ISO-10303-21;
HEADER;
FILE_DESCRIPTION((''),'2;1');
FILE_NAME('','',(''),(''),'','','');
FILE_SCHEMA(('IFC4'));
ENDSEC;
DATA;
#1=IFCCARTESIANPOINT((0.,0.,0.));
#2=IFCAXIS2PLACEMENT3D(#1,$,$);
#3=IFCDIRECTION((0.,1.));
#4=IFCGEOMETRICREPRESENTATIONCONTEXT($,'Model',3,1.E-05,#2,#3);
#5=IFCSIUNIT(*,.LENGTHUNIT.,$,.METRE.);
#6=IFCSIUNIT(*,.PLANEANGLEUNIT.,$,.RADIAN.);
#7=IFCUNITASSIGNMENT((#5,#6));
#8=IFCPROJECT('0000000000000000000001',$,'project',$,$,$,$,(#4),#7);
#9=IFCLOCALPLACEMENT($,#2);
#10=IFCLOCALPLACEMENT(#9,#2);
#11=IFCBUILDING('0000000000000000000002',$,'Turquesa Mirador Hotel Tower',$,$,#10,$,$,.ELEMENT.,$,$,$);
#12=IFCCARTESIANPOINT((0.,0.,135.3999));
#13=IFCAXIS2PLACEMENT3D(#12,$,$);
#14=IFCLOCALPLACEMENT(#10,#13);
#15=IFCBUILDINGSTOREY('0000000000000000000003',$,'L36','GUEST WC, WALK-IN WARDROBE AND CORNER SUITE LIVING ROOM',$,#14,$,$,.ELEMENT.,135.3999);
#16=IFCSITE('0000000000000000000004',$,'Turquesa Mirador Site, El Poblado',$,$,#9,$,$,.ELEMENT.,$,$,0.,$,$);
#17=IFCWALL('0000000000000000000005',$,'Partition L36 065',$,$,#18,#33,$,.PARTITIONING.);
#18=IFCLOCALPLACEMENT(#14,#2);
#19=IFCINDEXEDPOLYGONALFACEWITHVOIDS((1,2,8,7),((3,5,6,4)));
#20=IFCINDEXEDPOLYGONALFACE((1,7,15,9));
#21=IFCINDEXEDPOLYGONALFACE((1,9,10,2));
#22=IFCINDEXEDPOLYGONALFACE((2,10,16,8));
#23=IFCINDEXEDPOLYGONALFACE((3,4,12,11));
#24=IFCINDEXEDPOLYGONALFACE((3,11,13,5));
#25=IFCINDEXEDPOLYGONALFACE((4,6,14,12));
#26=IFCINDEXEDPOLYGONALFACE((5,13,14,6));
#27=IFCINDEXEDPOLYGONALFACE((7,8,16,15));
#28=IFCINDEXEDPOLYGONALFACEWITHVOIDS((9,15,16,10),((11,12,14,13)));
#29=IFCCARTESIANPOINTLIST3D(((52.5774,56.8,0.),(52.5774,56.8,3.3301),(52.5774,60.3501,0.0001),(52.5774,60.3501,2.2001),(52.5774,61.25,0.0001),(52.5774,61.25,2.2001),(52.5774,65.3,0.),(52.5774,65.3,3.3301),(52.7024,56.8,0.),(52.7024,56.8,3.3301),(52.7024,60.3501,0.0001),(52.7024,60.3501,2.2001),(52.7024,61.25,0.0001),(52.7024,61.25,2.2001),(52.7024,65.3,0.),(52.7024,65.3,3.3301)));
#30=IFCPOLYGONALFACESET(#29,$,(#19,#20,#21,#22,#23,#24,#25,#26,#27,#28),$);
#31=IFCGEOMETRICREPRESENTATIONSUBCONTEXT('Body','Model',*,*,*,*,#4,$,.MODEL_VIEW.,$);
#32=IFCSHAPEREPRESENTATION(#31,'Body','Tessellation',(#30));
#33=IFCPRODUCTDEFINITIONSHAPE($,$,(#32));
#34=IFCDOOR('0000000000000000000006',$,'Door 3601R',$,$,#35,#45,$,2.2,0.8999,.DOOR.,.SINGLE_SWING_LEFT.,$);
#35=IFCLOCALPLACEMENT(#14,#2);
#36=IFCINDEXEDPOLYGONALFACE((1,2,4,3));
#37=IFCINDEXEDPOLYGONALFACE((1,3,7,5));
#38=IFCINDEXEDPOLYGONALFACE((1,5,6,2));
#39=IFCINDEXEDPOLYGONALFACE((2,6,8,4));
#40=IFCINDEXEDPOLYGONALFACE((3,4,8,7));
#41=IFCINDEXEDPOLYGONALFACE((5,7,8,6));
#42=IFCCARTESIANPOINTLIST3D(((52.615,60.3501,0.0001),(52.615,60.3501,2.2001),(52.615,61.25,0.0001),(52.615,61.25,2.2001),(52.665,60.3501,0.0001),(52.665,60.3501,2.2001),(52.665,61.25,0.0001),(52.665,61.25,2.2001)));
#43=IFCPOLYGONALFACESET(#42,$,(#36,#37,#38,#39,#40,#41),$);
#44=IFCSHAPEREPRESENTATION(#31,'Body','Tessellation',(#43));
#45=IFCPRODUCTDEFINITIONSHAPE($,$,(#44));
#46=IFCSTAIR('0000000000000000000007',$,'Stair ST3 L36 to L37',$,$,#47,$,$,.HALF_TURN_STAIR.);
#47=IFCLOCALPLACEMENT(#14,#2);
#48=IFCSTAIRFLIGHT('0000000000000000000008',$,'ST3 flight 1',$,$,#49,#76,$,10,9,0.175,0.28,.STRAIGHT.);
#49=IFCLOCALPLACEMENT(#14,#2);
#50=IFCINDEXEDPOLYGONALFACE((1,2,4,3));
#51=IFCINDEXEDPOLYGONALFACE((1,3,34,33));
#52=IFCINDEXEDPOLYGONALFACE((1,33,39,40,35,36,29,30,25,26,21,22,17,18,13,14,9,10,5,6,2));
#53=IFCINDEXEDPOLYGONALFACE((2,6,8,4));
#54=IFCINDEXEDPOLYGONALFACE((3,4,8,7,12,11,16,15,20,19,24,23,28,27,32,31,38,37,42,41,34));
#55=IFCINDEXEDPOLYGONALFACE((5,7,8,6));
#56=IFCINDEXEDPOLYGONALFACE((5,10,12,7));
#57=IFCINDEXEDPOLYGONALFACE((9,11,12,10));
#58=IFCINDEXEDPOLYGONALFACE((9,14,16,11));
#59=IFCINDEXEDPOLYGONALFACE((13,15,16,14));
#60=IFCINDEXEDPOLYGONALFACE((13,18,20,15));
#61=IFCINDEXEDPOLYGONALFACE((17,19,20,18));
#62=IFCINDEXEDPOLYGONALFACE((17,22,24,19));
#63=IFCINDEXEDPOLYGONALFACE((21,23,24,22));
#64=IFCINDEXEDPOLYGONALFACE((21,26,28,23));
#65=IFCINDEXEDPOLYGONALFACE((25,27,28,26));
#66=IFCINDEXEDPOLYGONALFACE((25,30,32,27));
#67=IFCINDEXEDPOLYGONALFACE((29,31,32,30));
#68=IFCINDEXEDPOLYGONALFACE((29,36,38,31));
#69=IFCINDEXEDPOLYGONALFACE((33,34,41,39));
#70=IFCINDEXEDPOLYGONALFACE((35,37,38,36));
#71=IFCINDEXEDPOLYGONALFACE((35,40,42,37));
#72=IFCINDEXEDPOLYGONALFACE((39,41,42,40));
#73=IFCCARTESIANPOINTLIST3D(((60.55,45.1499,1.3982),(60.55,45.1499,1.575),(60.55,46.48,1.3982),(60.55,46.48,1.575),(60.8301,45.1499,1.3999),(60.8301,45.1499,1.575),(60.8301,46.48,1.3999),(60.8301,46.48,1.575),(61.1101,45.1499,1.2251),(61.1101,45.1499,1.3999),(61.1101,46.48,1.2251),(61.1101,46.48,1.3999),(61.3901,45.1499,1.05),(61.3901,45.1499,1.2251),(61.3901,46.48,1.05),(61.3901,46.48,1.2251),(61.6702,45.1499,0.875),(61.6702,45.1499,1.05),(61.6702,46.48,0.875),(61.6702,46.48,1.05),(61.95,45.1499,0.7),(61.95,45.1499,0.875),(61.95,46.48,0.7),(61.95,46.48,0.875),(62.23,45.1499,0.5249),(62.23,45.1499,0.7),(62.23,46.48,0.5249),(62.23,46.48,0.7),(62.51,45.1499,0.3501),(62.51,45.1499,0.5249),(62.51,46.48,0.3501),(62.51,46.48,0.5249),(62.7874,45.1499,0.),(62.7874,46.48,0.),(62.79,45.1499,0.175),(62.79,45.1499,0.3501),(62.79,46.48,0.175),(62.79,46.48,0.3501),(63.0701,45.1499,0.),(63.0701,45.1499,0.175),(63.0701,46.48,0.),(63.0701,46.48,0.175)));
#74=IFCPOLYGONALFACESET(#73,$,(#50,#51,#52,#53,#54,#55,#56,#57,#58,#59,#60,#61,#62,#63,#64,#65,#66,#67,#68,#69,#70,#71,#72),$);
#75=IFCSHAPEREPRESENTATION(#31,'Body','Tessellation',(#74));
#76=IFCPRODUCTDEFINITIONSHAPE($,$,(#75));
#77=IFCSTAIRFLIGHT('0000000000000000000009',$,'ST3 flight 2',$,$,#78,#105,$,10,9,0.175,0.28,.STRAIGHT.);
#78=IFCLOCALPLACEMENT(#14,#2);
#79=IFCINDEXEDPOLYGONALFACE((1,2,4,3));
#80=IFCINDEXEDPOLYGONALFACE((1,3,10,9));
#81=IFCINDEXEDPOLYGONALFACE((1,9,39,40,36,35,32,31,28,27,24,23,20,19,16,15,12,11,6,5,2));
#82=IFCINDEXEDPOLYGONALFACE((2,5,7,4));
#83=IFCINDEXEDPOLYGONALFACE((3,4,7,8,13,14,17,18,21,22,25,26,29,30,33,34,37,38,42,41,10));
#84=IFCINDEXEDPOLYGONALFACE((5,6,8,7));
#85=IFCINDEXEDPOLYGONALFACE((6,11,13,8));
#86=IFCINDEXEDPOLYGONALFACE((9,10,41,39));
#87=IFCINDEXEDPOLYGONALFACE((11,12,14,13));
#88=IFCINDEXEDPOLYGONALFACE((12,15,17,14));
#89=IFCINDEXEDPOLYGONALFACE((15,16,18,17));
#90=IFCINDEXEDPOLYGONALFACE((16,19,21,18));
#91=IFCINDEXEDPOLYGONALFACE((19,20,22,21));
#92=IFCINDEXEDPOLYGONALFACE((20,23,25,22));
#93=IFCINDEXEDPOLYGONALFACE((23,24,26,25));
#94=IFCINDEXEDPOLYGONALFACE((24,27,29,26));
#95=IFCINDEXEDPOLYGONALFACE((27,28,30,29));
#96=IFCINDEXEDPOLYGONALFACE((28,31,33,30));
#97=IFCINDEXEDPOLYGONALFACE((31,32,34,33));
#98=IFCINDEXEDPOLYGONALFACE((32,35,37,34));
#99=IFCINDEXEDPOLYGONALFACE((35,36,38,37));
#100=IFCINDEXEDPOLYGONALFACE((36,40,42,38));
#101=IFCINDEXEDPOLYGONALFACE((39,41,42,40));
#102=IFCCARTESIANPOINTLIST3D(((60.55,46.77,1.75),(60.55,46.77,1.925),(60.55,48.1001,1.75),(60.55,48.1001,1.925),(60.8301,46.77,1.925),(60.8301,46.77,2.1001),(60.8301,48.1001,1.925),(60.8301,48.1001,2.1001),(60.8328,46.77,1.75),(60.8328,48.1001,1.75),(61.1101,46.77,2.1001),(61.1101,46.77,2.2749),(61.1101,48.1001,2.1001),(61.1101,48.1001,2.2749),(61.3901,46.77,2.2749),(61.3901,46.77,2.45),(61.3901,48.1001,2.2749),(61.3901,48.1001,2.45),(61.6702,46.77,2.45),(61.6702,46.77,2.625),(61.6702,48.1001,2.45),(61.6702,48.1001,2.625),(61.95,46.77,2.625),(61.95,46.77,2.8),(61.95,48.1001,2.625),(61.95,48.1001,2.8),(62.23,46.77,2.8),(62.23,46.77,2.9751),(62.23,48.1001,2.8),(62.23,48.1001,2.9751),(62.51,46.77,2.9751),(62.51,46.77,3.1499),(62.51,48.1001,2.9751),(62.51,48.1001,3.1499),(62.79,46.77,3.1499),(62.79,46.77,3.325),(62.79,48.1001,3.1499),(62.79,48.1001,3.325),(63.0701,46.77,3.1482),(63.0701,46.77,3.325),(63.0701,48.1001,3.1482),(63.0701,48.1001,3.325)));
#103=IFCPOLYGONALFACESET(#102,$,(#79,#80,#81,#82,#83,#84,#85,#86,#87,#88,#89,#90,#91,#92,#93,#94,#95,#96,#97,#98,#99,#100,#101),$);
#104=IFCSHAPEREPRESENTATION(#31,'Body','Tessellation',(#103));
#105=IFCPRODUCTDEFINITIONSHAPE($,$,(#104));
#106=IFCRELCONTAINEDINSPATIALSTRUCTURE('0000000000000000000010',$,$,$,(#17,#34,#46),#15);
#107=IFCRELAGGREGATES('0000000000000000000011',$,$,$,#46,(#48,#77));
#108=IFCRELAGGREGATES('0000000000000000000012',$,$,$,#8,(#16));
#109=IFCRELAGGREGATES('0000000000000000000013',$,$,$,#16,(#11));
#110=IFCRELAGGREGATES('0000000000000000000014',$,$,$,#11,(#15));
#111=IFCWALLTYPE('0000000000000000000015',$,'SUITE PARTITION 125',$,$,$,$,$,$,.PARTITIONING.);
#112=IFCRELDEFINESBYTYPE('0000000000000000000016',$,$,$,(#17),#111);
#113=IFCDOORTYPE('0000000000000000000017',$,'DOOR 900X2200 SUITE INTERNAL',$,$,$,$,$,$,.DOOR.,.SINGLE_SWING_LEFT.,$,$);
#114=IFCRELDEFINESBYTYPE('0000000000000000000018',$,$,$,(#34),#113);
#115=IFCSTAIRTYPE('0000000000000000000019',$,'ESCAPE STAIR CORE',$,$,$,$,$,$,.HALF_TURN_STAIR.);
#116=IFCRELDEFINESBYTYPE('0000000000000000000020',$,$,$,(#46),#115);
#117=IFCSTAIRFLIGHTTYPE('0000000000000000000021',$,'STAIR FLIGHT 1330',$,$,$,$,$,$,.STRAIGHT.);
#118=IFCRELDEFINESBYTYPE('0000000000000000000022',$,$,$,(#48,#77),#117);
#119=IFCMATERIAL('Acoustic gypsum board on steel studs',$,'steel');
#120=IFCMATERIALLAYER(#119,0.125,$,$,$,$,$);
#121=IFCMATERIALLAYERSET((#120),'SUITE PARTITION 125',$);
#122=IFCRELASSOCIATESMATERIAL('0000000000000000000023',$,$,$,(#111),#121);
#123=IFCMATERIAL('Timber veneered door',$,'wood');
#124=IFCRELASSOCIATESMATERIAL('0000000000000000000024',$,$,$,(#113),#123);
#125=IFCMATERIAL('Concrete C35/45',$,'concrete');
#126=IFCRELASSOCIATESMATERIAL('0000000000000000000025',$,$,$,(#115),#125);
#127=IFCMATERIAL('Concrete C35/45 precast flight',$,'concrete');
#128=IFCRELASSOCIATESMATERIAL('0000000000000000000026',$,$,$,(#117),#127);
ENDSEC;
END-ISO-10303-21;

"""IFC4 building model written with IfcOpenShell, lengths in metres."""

from ifc_helpers import new_model, si_unit, direction, frame, frame_2d, origin, place, context, subcontext, project, spatial, polyline, rectangle, outline, extrude, material, layer, layer_set, type_object, element, fill, aggregate, save


model = new_model("IFC4")

# Units and contexts
model_context = context("Model", 3, precision=1e-05, world=origin(), true_north=direction((0.0, 1.0)))
body_context = subcontext(model_context, "Body", "Model", "MODEL_VIEW")
ifc_project = project(units=[si_unit("LENGTHUNIT", "METRE"), si_unit("PLANEANGLEUNIT", "RADIAN")], contexts=[model_context])

# Site, building, storey
site_placement = place(None, origin())
site = spatial("IfcSite", under=ifc_project, at=site_placement, Name="Turquesa Mirador Site, El Poblado", CompositionType="ELEMENT", RefElevation=0.0)
building_placement = place(site_placement, origin())
building = spatial("IfcBuilding", under=site, at=building_placement, Name="Turquesa Mirador Hotel Tower", CompositionType="ELEMENT")
storey_placement = place(building_placement, frame((0.0, 0.0, 135.3999)))
storey = spatial("IfcBuildingStorey", under=building, at=storey_placement, Name="L36", Description="GUEST WC, WALK-IN WARDROBE AND CORNER SUITE LIVING ROOM", CompositionType="ELEMENT", Elevation=135.3999)

# Wall, opening, door
ifc_material_1 = material(Name="Acoustic gypsum board on steel studs", Category="steel")
ifc_layer_1 = layer(ifc_material_1, 0.125)
ifc_layer_set_1 = layer_set([ifc_layer_1], Name="SUITE PARTITION 125")
wall_type_1 = type_object("IfcWallType", Name="SUITE PARTITION 125", PredefinedType="PARTITIONING", material=ifc_layer_set_1)
wall_1_placement = place(storey_placement, frame((52.6399, 56.8, 0.0), z_axis=(0.0, 0.0, 1.0), x_axis=(0.0, 1.0, 0.0)))
wall_1 = element("IfcWall", 1, at=wall_1_placement, inside=storey, type_object=wall_type_1, Name="Partition L36 065", PredefinedType="PARTITIONING", context=body_context, shape_type="SweptSolid", body=[
    extrude(rectangle(XDim=8.5, YDim=0.125, at=frame_2d((4.25, 0.0))), origin(), (0.0, 0.0, 1.0), 3.3301),
])
opening_1_placement = place(wall_1_placement, frame((3.55, 0.0, 0.0)))
opening_1 = element("IfcOpeningElement", 2, at=opening_1_placement, cuts=wall_1, PredefinedType="OPENING", context=body_context, shape_type="SweptSolid", body=[
    extrude(rectangle(XDim=0.8999, YDim=2.2, at=frame_2d((0.45, 1.1001))), frame((0.0, 0.0725, 0.0), z_axis=(0.0, -1.0, 0.0), x_axis=(1.0, 0.0, 0.0)), (0.0, 0.0, 1.0), 0.145),
])
ifc_material_2 = material(Name="Timber veneered door", Category="wood")
door_type_1 = type_object("IfcDoorType", Name="DOOR 900X2200 SUITE INTERNAL", OperationType="SINGLE_SWING_LEFT", PredefinedType="DOOR", material=ifc_material_2)
door_1_placement = place(opening_1_placement, origin())
door_1 = element("IfcDoor", 3, at=door_1_placement, inside=storey, type_object=door_type_1, Name="Door 3601R", OperationType="SINGLE_SWING_LEFT", OverallHeight=2.2, OverallWidth=0.8999, PredefinedType="DOOR", context=body_context, shape_type="SweptSolid", body=[
    extrude(rectangle(XDim=0.8999, YDim=2.2, at=frame_2d((0.45, 1.1001))), frame((0.0, 0.0249, 0.0), z_axis=(0.0, -1.0, 0.0), x_axis=(1.0, 0.0, 0.0)), (0.0, 0.0, 1.0), 0.05),
])
fill(opening_1, door_1)

# Stair, stair flights
ifc_material_3 = material(Name="Concrete C35/45", Category="concrete")
stair_type = type_object("IfcStairType", Name="ESCAPE STAIR CORE", PredefinedType="HALF_TURN_STAIR", material=ifc_material_3)
stair_placement = place(storey_placement, origin())
stair = element("IfcStair", 4, at=stair_placement, inside=storey, type_object=stair_type, Name="Stair ST3 L36 to L37", PredefinedType="HALF_TURN_STAIR")
ifc_material_4 = material(Name="Concrete C35/45 precast flight", Category="concrete")
stair_flight_type = type_object("IfcStairFlightType", Name="STAIR FLIGHT 1330", PredefinedType="STRAIGHT", material=ifc_material_4)
stair_flight_1_placement = place(storey_placement, frame((63.0701, 45.8149, 0.0), z_axis=(0.0, 0.0, 1.0), x_axis=(-1.0, 0.0, 0.0)))
stair_flight_1 = element("IfcStairFlight", 5, at=stair_flight_1_placement, type_object=stair_flight_type, Name="ST3 flight 1", NumberOfRisers=10, NumberOfTreads=9, PredefinedType="STRAIGHT", RiserHeight=0.175, TreadLength=0.28, context=body_context, shape_type="SweptSolid", body=[
    extrude(outline(polyline([(0.0, 0.0), (0.0, 0.175), (0.28, 0.175), (0.28, 0.3501), (0.5601, 0.3501), (0.5601, 0.5249), (0.8401, 0.5249), (0.8401, 0.7), (1.1201, 0.7), (1.1201, 0.875), (1.3999, 0.875), (1.3999, 1.05), (1.6799, 1.05), (1.6799, 1.2251), (1.96, 1.2251), (1.96, 1.3999), (2.24, 1.3999), (2.24, 1.575), (2.52, 1.575), (2.52, 1.75), (2.52, 1.3982), (0.2827, 0.0), (0.0, 0.0)])), frame((0.0, 0.665, 0.0), z_axis=(0.0, -1.0, 0.0), x_axis=(1.0, 0.0, 0.0)), (0.0, 0.0, 1.0), 1.3301),
])
stair_flight_2_placement = place(storey_placement, frame((60.55, 47.4351, 1.75), z_axis=(0.0, 0.0, 1.0), x_axis=(1.0, 0.0, 0.0)))
stair_flight_2 = element("IfcStairFlight", 6, at=stair_flight_2_placement, type_object=stair_flight_type, Name="ST3 flight 2", NumberOfRisers=10, NumberOfTreads=9, PredefinedType="STRAIGHT", RiserHeight=0.175, TreadLength=0.28, context=body_context, shape_type="SweptSolid", body=[
    extrude(outline(polyline([(0.0, 0.0), (0.0, 0.175), (0.28, 0.175), (0.28, 0.3501), (0.5601, 0.3501), (0.5601, 0.5249), (0.8401, 0.5249), (0.8401, 0.7), (1.1201, 0.7), (1.1201, 0.875), (1.3999, 0.875), (1.3999, 1.05), (1.6799, 1.05), (1.6799, 1.2251), (1.96, 1.2251), (1.96, 1.3999), (2.24, 1.3999), (2.24, 1.575), (2.52, 1.575), (2.52, 1.75), (2.52, 1.3982), (0.2827, 0.0), (0.0, 0.0)])), frame((0.0, 0.665, 0.0), z_axis=(0.0, -1.0, 0.0), x_axis=(1.0, 0.0, 0.0)), (0.0, 0.0, 1.0), 1.3301),
])
aggregate(stair, [stair_flight_1, stair_flight_2])

save(model, "model.ifc")
